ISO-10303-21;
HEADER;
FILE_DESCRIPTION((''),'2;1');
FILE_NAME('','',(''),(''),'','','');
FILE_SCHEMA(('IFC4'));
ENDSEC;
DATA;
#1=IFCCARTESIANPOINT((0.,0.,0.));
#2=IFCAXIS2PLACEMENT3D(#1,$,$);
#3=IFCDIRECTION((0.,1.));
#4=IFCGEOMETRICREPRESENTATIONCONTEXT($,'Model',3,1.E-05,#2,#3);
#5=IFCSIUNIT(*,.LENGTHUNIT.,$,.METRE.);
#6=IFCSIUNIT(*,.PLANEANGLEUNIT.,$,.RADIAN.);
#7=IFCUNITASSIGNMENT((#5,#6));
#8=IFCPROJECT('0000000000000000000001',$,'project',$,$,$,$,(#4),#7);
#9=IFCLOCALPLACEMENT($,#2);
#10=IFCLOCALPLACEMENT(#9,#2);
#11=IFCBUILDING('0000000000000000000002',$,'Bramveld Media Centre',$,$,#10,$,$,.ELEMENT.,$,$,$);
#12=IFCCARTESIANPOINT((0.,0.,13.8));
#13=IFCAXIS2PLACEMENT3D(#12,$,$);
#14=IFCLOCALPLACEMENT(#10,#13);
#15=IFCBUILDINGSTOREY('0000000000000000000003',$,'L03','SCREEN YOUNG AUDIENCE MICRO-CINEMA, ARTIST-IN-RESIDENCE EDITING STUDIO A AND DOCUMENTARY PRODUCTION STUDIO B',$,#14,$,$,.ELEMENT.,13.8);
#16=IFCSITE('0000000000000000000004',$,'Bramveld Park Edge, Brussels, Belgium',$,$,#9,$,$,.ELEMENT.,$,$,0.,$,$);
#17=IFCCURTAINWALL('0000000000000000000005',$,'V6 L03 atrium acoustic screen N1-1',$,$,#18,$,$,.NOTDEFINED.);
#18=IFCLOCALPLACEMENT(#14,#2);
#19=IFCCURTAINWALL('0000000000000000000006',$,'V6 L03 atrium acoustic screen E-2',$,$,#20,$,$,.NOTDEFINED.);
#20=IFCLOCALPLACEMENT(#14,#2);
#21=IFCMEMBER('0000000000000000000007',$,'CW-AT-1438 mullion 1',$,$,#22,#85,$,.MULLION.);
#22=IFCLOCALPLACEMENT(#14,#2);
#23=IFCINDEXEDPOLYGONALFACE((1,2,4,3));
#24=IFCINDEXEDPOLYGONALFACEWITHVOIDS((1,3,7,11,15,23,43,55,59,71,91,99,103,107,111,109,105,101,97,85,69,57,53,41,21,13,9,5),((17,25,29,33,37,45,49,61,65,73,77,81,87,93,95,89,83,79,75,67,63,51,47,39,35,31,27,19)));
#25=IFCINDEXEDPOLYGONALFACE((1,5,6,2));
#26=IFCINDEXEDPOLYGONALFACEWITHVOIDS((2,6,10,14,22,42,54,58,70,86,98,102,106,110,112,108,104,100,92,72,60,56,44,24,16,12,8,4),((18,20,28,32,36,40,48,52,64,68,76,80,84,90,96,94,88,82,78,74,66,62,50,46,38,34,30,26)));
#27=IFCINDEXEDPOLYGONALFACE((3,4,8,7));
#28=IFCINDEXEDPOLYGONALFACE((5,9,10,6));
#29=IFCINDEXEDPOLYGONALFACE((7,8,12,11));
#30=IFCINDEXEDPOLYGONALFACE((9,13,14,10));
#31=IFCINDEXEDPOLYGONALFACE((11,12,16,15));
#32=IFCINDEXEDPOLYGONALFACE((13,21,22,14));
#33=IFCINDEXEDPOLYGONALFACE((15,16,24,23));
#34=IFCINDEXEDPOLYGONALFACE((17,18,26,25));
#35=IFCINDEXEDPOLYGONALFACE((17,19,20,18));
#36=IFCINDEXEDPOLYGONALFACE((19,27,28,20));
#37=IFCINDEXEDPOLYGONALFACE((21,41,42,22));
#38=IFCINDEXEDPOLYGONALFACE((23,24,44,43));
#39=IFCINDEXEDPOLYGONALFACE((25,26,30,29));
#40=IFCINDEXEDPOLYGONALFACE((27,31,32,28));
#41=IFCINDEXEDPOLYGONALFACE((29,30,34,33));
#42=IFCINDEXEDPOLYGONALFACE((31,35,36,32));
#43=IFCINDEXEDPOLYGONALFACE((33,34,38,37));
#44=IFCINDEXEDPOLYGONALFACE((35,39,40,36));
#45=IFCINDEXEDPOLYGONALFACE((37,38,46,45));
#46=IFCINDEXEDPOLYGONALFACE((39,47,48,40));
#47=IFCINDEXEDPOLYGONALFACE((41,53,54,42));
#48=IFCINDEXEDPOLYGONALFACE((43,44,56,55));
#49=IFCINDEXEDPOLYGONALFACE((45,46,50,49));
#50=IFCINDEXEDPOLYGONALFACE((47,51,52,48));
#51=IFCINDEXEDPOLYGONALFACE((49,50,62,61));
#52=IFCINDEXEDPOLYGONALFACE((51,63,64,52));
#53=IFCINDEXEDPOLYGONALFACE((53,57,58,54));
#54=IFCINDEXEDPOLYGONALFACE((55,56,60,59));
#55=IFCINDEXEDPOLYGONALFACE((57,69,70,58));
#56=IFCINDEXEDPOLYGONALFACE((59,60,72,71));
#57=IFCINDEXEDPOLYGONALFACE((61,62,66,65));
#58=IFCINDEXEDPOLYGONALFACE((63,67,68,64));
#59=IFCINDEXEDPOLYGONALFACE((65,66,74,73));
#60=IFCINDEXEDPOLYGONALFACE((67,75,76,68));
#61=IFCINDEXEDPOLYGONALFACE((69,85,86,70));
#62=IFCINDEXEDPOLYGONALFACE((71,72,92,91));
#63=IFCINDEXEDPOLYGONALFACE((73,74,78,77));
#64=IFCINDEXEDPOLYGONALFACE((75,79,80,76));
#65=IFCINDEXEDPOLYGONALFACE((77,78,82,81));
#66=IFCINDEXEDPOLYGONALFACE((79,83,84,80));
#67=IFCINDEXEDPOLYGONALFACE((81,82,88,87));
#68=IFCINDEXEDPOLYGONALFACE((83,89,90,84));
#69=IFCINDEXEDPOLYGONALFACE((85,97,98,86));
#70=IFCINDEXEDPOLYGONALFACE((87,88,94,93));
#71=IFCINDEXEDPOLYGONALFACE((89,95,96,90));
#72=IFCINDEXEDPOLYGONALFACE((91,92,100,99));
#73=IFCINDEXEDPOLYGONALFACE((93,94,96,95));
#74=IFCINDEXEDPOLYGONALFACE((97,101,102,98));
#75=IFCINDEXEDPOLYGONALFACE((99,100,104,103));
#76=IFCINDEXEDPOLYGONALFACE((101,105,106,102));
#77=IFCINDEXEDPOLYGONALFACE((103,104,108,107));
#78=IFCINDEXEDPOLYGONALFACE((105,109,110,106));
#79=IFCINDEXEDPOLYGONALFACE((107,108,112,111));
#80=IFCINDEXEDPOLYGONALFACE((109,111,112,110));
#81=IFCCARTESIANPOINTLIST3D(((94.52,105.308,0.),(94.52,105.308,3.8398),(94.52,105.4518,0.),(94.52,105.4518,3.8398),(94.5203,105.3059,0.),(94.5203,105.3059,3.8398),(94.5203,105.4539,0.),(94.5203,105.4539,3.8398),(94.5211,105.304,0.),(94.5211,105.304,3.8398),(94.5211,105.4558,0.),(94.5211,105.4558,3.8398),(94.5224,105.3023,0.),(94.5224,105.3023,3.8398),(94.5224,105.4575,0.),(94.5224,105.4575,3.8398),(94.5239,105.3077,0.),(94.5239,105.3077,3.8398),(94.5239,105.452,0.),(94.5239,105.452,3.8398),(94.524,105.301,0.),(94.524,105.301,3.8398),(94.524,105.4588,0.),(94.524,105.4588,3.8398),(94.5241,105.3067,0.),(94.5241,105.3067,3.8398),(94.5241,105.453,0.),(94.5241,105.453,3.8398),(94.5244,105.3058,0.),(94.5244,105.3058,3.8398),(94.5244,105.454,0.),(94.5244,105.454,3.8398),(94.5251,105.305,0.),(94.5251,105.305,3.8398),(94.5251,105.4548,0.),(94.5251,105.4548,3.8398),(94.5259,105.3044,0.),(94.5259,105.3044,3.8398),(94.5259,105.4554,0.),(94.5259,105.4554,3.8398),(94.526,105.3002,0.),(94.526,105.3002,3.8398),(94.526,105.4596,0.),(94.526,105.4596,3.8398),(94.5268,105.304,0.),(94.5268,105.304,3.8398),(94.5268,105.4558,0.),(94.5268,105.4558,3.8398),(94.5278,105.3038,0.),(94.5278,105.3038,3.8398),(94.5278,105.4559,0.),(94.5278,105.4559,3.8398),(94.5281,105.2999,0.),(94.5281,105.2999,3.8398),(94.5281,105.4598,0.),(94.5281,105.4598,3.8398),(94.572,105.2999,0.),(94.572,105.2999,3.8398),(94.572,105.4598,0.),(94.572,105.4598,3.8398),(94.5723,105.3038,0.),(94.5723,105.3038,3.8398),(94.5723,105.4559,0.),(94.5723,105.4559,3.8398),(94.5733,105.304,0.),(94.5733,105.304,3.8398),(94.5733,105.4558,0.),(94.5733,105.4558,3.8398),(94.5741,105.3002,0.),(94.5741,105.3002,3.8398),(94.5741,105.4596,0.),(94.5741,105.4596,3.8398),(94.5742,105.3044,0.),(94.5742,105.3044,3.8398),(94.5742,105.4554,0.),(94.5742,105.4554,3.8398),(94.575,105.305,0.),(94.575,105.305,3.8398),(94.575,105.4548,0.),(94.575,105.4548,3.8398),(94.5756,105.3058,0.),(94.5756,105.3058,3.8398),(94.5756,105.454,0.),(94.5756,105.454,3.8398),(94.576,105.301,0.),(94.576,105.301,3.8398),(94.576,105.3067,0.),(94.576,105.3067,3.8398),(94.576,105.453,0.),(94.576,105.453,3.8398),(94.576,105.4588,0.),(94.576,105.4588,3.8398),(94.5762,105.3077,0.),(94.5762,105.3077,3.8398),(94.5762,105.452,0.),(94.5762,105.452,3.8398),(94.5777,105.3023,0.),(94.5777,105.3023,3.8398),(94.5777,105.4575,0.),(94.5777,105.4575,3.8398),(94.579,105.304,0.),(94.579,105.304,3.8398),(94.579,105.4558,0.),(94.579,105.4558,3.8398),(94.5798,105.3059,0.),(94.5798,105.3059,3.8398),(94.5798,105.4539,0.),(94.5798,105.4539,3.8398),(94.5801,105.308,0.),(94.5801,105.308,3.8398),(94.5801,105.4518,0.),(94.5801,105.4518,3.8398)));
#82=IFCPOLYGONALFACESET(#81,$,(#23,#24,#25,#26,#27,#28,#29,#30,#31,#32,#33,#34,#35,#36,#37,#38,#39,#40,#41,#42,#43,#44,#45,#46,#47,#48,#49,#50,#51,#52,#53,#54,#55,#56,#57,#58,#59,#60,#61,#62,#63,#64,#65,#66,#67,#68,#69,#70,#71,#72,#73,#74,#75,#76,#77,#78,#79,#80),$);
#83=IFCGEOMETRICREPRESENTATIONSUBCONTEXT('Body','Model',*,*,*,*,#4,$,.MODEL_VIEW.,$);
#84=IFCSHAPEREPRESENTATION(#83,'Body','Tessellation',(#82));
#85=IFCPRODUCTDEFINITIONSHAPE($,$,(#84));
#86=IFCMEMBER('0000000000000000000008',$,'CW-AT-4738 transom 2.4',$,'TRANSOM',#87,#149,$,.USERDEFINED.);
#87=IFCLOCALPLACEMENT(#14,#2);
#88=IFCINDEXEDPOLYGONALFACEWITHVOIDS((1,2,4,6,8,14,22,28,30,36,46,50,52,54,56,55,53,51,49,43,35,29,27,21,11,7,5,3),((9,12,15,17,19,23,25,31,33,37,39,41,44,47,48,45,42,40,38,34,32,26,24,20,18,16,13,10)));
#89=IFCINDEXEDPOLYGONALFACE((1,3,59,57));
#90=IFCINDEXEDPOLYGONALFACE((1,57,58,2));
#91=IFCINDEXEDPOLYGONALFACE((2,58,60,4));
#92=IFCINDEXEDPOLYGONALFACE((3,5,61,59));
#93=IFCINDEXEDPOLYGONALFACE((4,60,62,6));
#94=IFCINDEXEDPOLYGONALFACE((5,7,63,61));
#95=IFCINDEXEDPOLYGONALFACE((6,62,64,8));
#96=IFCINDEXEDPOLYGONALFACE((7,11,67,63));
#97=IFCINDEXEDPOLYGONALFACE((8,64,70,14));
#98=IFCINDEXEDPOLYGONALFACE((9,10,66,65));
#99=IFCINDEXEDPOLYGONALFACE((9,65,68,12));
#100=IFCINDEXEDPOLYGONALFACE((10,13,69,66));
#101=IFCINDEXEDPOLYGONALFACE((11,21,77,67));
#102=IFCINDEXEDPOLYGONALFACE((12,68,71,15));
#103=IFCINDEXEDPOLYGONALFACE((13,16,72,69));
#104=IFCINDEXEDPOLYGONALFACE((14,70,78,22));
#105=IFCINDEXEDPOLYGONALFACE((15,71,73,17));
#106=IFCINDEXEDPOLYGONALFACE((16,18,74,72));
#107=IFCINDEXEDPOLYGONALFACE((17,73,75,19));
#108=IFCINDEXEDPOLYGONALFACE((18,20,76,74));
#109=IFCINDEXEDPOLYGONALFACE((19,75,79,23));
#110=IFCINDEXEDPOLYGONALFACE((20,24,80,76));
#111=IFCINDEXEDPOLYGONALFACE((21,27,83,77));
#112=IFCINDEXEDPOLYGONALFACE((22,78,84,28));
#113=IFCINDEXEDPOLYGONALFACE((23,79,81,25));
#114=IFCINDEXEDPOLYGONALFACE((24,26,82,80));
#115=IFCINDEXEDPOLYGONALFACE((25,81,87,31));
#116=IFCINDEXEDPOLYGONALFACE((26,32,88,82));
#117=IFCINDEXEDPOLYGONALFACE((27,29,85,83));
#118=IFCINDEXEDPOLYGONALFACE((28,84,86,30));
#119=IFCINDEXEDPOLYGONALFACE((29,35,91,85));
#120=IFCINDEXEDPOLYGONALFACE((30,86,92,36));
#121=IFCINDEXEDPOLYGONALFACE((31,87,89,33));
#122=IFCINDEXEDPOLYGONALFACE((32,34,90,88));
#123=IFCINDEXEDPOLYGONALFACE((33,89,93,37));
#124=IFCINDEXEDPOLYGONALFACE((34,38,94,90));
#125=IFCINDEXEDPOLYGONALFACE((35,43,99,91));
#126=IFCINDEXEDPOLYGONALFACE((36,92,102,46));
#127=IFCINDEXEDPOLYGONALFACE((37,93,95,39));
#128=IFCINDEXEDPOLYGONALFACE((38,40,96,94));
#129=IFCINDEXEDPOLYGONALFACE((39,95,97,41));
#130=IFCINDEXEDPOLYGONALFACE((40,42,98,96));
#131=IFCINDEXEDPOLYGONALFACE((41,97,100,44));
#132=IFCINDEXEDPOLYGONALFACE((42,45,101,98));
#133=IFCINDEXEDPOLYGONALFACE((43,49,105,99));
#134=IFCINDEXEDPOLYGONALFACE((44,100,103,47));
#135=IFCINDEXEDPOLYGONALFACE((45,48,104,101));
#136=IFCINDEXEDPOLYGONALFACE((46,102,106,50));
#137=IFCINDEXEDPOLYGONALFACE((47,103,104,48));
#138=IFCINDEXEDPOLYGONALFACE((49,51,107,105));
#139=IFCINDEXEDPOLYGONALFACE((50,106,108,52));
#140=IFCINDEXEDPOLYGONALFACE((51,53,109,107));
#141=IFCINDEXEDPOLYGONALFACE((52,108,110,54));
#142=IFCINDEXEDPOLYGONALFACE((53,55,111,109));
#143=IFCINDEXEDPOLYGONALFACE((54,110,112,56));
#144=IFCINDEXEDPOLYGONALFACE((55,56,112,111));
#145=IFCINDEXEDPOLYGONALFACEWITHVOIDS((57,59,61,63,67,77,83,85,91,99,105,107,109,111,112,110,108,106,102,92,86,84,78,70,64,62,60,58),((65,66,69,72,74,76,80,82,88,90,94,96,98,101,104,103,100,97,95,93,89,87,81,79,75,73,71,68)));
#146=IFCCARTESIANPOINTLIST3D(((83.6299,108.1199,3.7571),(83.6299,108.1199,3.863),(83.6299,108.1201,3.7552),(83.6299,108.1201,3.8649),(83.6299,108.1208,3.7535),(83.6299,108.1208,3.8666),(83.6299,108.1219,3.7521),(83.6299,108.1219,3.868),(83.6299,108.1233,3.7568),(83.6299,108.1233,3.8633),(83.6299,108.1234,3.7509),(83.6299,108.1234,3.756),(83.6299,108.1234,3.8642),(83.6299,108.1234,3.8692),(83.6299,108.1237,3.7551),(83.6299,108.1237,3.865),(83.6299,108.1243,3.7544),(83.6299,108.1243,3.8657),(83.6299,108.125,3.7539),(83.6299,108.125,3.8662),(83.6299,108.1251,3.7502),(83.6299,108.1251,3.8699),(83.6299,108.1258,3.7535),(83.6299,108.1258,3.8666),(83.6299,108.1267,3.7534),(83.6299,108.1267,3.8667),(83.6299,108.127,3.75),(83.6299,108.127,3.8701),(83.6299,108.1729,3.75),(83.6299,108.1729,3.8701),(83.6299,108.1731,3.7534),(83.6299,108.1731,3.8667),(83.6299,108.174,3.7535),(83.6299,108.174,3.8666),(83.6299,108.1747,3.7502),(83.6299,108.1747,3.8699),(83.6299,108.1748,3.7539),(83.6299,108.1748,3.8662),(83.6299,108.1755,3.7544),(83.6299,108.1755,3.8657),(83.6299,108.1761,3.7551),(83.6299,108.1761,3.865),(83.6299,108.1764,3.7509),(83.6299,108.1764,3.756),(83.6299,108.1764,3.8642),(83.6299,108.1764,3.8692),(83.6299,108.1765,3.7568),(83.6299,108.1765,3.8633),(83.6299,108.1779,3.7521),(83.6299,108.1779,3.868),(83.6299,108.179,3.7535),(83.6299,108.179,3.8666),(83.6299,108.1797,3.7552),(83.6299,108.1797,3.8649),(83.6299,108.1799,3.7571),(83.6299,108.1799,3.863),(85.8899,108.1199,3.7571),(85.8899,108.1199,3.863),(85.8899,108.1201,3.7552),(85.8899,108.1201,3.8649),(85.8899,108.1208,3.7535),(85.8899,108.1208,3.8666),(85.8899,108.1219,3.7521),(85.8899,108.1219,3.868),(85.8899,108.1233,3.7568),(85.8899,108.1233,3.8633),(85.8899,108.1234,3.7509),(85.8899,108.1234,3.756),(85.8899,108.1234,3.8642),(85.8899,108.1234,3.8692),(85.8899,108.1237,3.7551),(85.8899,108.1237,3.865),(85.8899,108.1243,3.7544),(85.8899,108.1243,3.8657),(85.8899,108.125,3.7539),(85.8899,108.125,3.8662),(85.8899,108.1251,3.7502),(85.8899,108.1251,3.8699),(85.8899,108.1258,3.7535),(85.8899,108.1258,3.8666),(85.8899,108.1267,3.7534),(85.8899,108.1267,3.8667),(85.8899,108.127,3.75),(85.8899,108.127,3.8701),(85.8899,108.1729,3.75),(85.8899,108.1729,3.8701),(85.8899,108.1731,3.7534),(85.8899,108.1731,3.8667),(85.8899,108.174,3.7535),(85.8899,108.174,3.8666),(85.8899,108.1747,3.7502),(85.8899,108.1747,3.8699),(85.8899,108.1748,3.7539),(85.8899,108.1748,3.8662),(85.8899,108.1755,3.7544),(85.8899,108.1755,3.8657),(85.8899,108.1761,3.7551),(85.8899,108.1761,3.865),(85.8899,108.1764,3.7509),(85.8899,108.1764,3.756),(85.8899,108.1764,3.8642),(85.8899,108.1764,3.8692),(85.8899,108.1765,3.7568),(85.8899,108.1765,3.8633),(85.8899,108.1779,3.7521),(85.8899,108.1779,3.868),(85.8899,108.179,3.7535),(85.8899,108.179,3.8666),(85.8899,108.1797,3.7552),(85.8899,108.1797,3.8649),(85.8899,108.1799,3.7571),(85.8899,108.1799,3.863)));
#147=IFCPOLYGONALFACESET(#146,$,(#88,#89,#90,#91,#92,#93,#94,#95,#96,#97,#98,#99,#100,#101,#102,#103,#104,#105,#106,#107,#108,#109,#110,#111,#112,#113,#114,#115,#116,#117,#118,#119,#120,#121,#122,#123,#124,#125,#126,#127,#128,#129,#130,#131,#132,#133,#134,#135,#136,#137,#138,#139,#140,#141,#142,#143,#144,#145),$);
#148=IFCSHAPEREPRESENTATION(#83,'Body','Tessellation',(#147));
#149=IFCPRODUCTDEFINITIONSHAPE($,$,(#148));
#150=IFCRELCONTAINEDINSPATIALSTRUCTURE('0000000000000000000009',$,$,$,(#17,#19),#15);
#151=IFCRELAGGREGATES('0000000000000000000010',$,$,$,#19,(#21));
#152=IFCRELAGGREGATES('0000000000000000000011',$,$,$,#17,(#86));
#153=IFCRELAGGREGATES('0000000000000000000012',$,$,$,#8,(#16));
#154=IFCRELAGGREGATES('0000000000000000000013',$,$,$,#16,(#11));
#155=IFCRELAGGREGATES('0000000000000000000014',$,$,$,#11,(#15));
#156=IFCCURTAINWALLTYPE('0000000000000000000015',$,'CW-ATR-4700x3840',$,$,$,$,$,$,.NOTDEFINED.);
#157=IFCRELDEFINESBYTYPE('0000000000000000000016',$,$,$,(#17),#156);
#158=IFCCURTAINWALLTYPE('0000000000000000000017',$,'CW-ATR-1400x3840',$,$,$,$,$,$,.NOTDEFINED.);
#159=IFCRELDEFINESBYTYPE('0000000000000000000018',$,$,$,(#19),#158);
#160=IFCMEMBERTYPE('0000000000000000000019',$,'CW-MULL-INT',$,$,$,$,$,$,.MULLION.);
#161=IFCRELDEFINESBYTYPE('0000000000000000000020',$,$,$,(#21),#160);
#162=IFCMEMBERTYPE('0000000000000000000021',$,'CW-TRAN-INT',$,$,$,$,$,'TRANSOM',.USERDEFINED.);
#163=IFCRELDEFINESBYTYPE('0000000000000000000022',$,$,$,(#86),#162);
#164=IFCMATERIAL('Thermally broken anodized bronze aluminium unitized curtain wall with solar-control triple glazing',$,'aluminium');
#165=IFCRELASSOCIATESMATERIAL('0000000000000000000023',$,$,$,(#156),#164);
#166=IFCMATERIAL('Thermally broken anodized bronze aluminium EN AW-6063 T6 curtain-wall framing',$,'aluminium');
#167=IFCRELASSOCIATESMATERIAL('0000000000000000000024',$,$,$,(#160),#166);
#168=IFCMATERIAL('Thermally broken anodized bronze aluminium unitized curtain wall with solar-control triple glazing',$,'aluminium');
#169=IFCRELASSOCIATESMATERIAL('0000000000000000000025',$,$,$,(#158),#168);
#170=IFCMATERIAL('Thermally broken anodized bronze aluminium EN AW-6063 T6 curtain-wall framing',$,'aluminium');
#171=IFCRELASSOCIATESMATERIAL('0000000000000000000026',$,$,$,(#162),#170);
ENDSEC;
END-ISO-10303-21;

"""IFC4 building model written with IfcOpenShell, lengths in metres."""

from ifc_helpers import new_model, si_unit, direction, frame, origin, origin_2d, place, context, subcontext, project, spatial, hollow_rectangle, extrude, material, material_profile, profile_set, type_object, element, aggregate, save


model = new_model("IFC4")

# Units and contexts
model_context = context("Model", 3, precision=1e-05, world=origin(), true_north=direction((0.0, 1.0)))
body_context = subcontext(model_context, "Body", "Model", "MODEL_VIEW")
ifc_project = project(units=[si_unit("LENGTHUNIT", "METRE"), si_unit("PLANEANGLEUNIT", "RADIAN")], contexts=[model_context])

# Site, building, storey
site_placement = place(None, origin())
site = spatial("IfcSite", under=ifc_project, at=site_placement, Name="Bramveld Park Edge, Brussels, Belgium", CompositionType="ELEMENT", RefElevation=0.0)
building_placement = place(site_placement, origin())
building = spatial("IfcBuilding", under=site, at=building_placement, Name="Bramveld Media Centre", CompositionType="ELEMENT")
storey_placement = place(building_placement, frame((0.0, 0.0, 13.8)))
storey = spatial("IfcBuildingStorey", under=building, at=storey_placement, Name="L03", Description="SCREEN YOUNG AUDIENCE MICRO-CINEMA, ARTIST-IN-RESIDENCE EDITING STUDIO A AND DOCUMENTARY PRODUCTION STUDIO B", CompositionType="ELEMENT", Elevation=13.8)

# Curtain wall
ifc_material_1 = material(Name="Thermally broken anodized bronze aluminium unitized curtain wall with solar-control triple glazing", Category="aluminium")
curtain_wall_type_1 = type_object("IfcCurtainWallType", Name="CW-ATR-4700x3840", PredefinedType="NOTDEFINED", material=ifc_material_1)
curtain_wall_1_placement = place(storey_placement, origin())
curtain_wall_1 = element("IfcCurtainWall", 1, at=curtain_wall_1_placement, inside=storey, type_object=curtain_wall_type_1, Name="V6 L03 atrium acoustic screen N1-1", PredefinedType="NOTDEFINED")
ifc_material_2 = material(Name="Thermally broken anodized bronze aluminium EN AW-6063 T6 curtain-wall framing", Category="aluminium")
ifc_material_profile_1 = material_profile(ifc_material_2, hollow_rectangle(XDim=0.0601, YDim=0.1599, WallThickness=0.0039, InnerFilletRadius=0.0039, OuterFilletRadius=0.0081, at=origin_2d()), Name="AL-MULL 60x160")
ifc_profile_set_1 = profile_set([ifc_material_profile_1], Name="Thermally broken anodized bronze aluminium EN AW-6063 T6 curtain-wall framing")
member_type_1 = type_object("IfcMemberType", Name="CW-MULL-INT", PredefinedType="MULLION", material=ifc_profile_set_1)

# Curtain wall, member
ifc_material_3 = material(Name="Thermally broken anodized bronze aluminium unitized curtain wall with solar-control triple glazing", Category="aluminium")
curtain_wall_type_2 = type_object("IfcCurtainWallType", Name="CW-ATR-1400x3840", PredefinedType="NOTDEFINED", material=ifc_material_3)
curtain_wall_2_placement = place(storey_placement, origin())
curtain_wall_2 = element("IfcCurtainWall", 2, at=curtain_wall_2_placement, inside=storey, type_object=curtain_wall_type_2, Name="V6 L03 atrium acoustic screen E-2", PredefinedType="NOTDEFINED")
member_1_placement = place(storey_placement, frame((94.55, 105.3799, 0.0), z_axis=(0.0, 0.0, 1.0), x_axis=(-1.0, 0.0, 0.0)))
member_1 = element("IfcMember", 3, at=member_1_placement, type_object=member_type_1, Name="CW-AT-1438 mullion 1", PredefinedType="MULLION", context=body_context, shape_type="SweptSolid", body=[
    extrude(hollow_rectangle(XDim=0.0601, YDim=0.1599, WallThickness=0.0039, InnerFilletRadius=0.0039, OuterFilletRadius=0.0081, at=origin_2d()), origin(), (0.0, 0.0, 1.0), 3.8398),
])
aggregate(curtain_wall_2, [member_1])

# Member
ifc_material_4 = material(Name="Thermally broken anodized bronze aluminium EN AW-6063 T6 curtain-wall framing", Category="aluminium")
ifc_material_profile_2 = material_profile(ifc_material_4, hollow_rectangle(XDim=0.0601, YDim=0.1201, WallThickness=0.0034, InnerFilletRadius=0.0034, OuterFilletRadius=0.0071, at=origin_2d()), Name="AL-TRAN 60x120")
ifc_profile_set_2 = profile_set([ifc_material_profile_2], Name="Thermally broken anodized bronze aluminium EN AW-6063 T6 curtain-wall framing")
member_type_2 = type_object("IfcMemberType", Name="CW-TRAN-INT", ElementType="TRANSOM", PredefinedType="USERDEFINED", material=ifc_profile_set_2)
member_2_placement = place(storey_placement, frame((83.6299, 108.1499, 3.8101), z_axis=(1.0, 0.0, 0.0), x_axis=(0.0, 1.0, 0.0)))
member_2 = element("IfcMember", 4, at=member_2_placement, type_object=member_type_2, Name="CW-AT-4738 transom 2.4", ObjectType="TRANSOM", PredefinedType="USERDEFINED", context=body_context, shape_type="SweptSolid", body=[
    extrude(hollow_rectangle(XDim=0.0601, YDim=0.1201, WallThickness=0.0034, InnerFilletRadius=0.0034, OuterFilletRadius=0.0071, at=origin_2d()), origin(), (0.0, 0.0, 1.0), 2.26),
])

aggregate(curtain_wall_1, [member_2])

save(model, "model.ifc")
